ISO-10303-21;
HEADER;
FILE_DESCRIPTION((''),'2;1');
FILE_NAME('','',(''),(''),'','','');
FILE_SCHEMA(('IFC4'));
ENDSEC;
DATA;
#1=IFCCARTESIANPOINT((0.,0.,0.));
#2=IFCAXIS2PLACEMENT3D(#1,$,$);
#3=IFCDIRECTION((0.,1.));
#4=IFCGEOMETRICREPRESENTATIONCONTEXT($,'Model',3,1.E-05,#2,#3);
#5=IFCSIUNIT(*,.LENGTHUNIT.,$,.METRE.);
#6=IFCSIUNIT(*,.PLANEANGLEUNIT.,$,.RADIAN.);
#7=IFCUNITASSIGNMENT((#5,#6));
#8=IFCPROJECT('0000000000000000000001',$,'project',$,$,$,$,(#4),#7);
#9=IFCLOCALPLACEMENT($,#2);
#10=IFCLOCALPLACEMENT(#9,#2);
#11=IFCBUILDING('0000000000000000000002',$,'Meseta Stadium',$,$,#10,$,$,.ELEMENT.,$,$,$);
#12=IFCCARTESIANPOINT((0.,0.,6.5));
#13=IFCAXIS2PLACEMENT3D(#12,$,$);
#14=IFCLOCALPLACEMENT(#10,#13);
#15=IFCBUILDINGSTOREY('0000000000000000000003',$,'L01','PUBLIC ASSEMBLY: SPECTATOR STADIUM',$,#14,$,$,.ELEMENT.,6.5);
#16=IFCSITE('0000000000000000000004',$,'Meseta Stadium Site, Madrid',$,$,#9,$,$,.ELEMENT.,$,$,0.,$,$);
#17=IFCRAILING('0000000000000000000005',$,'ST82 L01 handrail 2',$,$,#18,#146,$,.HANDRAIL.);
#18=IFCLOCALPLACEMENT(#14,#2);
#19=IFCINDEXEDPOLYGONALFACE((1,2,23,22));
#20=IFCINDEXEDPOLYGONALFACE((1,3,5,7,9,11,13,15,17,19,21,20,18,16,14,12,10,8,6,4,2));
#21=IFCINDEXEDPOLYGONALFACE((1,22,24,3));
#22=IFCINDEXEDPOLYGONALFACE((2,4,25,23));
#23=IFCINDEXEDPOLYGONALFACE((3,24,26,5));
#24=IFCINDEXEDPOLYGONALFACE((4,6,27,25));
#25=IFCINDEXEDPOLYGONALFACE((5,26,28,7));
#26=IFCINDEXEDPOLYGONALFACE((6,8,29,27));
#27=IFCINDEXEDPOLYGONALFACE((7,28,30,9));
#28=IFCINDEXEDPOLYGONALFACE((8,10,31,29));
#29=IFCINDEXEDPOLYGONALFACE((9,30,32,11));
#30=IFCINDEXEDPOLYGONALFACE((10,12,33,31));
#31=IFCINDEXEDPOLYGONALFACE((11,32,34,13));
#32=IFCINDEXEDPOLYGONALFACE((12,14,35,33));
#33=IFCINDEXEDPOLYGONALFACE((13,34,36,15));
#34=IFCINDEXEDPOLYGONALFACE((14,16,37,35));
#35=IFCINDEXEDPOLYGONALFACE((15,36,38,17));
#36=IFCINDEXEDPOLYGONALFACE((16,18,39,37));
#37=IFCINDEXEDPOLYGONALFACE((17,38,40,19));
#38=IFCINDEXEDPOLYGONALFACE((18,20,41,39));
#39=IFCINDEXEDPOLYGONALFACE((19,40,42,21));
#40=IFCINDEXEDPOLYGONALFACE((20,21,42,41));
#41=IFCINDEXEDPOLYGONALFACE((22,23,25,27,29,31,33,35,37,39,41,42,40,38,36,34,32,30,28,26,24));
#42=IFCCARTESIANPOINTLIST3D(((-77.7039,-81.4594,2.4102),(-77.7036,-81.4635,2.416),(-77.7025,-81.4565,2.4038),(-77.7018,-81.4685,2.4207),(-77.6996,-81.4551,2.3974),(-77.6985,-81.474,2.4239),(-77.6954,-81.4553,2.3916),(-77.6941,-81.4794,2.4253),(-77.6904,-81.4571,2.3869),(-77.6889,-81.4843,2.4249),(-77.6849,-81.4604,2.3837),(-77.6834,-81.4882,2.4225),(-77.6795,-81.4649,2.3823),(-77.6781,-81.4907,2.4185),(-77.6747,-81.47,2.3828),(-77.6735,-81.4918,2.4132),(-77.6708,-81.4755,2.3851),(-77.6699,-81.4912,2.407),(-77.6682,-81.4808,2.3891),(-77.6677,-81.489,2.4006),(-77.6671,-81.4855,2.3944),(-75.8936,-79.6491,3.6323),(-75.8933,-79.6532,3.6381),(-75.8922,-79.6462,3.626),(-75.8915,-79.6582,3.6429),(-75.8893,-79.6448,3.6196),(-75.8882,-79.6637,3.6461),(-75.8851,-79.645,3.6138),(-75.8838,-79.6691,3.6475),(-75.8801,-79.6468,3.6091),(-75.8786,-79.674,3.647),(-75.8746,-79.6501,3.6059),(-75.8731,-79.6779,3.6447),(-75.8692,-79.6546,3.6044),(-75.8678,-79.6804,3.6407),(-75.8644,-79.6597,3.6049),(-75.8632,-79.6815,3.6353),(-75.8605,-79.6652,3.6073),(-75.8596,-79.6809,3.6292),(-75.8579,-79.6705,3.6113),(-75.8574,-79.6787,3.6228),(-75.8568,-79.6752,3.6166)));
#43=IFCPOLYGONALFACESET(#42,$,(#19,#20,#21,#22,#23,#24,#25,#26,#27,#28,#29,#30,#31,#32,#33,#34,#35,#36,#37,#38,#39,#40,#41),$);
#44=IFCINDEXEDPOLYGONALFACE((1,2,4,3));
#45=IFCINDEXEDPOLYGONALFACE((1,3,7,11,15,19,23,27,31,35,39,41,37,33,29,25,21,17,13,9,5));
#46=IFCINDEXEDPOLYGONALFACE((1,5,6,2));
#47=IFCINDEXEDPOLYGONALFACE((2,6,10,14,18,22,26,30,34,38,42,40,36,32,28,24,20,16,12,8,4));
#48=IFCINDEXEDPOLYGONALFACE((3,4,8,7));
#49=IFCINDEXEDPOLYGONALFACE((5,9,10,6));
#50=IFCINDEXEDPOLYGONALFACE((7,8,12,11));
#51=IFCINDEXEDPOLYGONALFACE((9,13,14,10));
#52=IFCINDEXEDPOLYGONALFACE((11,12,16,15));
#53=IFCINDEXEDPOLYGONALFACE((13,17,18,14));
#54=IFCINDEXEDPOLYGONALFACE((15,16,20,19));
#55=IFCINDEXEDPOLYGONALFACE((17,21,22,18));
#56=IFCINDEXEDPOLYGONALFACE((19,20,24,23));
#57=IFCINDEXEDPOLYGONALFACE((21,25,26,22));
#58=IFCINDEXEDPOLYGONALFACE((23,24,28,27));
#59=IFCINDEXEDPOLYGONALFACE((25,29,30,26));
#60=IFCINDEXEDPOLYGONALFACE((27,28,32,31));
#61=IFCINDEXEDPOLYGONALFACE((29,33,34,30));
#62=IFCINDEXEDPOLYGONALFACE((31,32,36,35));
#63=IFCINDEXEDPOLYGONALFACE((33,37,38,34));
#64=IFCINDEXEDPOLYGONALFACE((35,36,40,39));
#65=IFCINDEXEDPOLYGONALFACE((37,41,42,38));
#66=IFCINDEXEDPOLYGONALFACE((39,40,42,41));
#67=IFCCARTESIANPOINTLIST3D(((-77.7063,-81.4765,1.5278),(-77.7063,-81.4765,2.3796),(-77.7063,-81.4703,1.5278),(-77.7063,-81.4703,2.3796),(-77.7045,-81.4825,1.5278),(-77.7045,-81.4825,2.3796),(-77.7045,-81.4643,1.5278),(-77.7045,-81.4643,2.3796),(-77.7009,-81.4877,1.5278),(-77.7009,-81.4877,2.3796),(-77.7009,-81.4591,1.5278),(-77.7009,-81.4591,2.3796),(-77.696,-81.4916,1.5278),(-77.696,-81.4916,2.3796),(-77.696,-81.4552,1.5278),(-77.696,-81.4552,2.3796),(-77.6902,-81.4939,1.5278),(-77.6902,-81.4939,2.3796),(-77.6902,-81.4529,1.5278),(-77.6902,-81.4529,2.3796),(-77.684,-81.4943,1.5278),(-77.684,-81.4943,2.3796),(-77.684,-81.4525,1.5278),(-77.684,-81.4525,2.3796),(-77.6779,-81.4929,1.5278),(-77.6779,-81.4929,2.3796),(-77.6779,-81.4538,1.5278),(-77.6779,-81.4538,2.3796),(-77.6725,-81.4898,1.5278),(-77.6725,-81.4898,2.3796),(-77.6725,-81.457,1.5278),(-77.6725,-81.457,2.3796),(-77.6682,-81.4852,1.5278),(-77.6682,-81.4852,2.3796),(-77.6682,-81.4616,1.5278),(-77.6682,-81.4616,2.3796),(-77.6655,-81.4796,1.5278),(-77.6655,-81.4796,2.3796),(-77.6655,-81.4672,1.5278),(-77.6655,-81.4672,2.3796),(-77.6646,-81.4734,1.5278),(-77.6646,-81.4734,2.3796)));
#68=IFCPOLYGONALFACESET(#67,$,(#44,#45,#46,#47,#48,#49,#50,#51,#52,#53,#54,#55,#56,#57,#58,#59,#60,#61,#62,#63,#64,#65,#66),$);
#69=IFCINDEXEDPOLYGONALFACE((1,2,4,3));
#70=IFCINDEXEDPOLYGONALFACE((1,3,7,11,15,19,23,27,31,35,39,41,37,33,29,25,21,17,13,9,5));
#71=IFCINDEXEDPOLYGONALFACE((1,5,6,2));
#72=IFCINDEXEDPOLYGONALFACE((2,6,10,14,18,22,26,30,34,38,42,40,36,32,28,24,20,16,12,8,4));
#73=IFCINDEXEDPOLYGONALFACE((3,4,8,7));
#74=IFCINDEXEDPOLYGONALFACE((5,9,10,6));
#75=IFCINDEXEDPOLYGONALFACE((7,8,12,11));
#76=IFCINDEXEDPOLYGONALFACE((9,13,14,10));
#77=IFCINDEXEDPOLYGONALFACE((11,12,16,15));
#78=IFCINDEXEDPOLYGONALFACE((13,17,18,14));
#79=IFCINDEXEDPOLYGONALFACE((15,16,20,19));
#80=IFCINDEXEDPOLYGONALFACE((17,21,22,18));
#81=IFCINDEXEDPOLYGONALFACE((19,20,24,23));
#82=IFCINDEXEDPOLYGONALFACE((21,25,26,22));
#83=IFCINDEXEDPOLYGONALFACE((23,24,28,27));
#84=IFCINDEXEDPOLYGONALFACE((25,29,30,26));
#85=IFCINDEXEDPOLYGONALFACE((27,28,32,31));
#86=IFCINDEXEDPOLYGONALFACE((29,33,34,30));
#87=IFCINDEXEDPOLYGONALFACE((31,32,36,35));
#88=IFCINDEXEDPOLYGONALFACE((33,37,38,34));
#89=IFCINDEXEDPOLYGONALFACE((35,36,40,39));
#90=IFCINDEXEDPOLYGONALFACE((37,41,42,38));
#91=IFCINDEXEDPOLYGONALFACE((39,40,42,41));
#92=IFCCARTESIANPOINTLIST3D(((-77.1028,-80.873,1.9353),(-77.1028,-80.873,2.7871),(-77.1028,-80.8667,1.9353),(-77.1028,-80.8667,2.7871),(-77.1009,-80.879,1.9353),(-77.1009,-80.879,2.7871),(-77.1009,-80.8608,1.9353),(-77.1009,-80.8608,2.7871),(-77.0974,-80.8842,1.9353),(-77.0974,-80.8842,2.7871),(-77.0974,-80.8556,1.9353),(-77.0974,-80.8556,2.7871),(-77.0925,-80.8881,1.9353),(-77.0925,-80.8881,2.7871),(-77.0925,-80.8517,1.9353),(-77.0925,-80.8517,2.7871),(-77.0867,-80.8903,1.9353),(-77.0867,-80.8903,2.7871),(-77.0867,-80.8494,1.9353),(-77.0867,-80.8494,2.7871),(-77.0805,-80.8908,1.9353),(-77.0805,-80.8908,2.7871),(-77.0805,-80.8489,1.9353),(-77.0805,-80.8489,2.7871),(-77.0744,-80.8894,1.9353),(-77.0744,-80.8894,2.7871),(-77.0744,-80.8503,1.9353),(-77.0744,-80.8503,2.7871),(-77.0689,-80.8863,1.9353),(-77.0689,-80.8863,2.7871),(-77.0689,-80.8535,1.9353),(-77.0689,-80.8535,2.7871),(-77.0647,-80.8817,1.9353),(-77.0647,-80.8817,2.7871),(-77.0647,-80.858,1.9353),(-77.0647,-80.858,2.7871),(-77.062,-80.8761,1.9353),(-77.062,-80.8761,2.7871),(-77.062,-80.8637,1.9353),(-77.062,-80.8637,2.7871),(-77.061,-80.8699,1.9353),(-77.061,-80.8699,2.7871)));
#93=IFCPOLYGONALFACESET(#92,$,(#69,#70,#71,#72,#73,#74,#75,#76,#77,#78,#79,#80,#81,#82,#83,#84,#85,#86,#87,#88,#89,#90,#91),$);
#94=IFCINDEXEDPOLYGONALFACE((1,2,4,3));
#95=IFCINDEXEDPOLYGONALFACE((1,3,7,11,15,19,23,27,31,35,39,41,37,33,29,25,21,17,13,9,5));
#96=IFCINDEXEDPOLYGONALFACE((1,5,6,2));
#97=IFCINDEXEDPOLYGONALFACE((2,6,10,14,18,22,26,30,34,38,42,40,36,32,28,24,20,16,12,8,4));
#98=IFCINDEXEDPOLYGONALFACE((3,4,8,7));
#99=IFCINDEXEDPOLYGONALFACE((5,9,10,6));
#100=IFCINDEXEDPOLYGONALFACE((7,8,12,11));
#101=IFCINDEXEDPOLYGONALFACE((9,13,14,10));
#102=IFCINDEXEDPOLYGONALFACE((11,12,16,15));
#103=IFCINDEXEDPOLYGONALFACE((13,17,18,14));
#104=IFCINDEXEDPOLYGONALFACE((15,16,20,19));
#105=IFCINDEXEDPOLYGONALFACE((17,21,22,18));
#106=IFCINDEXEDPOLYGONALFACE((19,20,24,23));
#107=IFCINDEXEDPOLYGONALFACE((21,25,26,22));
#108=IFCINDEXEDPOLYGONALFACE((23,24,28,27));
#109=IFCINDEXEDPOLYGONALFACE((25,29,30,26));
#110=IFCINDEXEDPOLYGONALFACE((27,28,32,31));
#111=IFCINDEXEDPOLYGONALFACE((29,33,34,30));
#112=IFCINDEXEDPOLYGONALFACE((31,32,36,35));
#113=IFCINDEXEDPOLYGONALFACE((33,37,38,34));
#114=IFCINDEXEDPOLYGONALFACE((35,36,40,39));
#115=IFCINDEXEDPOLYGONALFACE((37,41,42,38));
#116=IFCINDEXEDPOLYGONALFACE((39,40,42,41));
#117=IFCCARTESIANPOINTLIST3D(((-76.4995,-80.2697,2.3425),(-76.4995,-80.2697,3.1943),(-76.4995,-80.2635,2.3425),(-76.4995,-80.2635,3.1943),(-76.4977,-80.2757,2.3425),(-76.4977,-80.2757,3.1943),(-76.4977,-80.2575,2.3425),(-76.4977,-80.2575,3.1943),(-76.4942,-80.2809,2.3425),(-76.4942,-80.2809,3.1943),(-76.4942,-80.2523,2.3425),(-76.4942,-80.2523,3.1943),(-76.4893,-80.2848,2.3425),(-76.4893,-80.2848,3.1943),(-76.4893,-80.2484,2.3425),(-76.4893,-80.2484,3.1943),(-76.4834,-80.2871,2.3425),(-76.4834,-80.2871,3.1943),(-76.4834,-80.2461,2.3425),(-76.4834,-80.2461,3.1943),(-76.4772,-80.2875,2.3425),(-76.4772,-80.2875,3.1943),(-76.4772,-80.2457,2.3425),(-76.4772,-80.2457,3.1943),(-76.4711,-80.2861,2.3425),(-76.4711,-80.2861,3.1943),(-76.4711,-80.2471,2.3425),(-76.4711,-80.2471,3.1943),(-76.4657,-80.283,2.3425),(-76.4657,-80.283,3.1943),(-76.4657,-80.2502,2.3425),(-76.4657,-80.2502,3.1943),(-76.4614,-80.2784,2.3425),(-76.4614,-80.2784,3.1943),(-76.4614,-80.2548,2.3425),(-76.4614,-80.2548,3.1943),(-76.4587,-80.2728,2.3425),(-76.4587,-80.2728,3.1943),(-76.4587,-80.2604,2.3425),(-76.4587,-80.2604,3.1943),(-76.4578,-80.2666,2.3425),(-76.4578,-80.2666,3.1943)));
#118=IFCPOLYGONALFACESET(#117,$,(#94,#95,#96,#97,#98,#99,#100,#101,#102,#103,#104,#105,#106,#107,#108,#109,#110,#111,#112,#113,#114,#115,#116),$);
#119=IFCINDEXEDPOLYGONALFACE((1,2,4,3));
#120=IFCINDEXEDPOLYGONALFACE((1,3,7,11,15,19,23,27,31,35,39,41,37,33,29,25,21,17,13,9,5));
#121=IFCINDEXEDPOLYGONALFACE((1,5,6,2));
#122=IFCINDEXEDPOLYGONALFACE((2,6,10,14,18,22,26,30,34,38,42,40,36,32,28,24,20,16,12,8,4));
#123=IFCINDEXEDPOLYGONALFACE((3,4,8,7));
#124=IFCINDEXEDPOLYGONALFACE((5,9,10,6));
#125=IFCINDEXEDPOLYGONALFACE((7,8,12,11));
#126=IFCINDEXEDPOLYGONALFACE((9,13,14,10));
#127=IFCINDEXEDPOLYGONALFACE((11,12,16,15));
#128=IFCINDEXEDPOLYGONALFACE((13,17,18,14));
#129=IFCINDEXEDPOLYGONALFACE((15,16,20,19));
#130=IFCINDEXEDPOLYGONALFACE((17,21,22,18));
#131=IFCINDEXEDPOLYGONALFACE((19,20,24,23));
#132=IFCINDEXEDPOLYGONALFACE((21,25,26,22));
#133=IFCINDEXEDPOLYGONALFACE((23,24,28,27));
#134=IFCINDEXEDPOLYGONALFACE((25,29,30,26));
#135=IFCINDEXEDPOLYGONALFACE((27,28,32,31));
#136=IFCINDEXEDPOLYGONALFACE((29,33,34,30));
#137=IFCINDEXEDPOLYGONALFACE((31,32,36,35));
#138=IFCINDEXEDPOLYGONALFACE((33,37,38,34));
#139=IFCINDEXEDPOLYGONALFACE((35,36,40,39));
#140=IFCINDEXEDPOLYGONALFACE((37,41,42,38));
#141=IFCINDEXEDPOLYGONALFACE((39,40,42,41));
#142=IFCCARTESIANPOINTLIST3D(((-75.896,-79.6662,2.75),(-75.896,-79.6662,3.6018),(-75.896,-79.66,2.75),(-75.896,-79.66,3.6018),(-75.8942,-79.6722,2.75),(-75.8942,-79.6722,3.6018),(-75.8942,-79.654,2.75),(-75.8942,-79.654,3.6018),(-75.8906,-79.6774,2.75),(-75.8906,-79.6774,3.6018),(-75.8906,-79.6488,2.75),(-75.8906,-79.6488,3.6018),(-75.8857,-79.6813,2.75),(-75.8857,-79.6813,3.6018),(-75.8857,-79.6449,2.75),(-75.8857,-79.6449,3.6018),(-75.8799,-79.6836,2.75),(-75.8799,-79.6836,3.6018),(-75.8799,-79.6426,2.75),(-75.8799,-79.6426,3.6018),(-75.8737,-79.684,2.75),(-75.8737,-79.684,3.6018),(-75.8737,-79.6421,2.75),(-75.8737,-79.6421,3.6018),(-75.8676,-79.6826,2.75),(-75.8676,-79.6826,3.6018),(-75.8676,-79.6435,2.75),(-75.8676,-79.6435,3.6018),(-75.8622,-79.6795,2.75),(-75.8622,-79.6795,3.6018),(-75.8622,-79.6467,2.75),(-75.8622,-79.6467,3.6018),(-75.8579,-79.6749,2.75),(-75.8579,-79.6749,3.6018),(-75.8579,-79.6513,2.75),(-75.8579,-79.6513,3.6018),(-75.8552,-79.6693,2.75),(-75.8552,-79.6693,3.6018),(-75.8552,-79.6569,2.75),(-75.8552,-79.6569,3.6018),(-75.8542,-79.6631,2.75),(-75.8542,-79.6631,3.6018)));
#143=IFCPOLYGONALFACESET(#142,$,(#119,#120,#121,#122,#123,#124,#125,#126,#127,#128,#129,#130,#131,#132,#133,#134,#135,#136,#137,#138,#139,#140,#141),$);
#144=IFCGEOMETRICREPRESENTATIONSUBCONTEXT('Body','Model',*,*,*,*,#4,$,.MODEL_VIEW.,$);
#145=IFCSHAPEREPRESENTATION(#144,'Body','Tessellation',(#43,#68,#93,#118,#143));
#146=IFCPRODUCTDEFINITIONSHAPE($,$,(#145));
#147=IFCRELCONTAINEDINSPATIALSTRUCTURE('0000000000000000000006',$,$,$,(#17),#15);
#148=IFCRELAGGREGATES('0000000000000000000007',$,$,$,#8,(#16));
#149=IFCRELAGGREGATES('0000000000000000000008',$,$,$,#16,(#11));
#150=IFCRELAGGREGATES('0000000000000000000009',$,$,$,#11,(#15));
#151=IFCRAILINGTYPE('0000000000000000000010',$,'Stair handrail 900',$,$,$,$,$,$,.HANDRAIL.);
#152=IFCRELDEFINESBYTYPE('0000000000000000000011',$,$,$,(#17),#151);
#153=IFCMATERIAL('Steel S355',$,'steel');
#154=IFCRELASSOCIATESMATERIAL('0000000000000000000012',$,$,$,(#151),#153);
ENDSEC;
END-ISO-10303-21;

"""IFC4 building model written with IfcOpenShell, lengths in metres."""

from ifc_helpers import new_model, si_unit, direction, frame, origin, origin_2d, place, context, subcontext, project, spatial, circle, extrude, material, type_object, element, save


model = new_model("IFC4")

# Units and contexts
model_context = context("Model", 3, precision=1e-05, world=origin(), true_north=direction((0.0, 1.0)))
body_context = subcontext(model_context, "Body", "Model", "MODEL_VIEW")
ifc_project = project(units=[si_unit("LENGTHUNIT", "METRE"), si_unit("PLANEANGLEUNIT", "RADIAN")], contexts=[model_context])

# Site, building, storey
site_placement = place(None, origin())
site = spatial("IfcSite", under=ifc_project, at=site_placement, Name="Meseta Stadium Site, Madrid", CompositionType="ELEMENT", RefElevation=0.0)
building_placement = place(site_placement, origin())
building = spatial("IfcBuilding", under=site, at=building_placement, Name="Meseta Stadium", CompositionType="ELEMENT")
storey_placement = place(building_placement, frame((0.0, 0.0, 6.5)))
storey = spatial("IfcBuildingStorey", under=building, at=storey_placement, Name="L01", Description="PUBLIC ASSEMBLY: SPECTATOR STADIUM", CompositionType="ELEMENT", Elevation=6.5)

# Railing
ifc_material_1 = material(Name="Steel S355", Category="steel")
railing_type_1 = type_object("IfcRailingType", Name="Stair handrail 900", PredefinedType="HANDRAIL", material=ifc_material_1)
for number, where, name in (
    (1, (-77.6855, -81.4734, 1.5278), "ST82 L01 handrail 2"),
):
    element("IfcRailing", number, at=place(storey_placement, frame(where)), inside=storey, type_object=railing_type_1, Name=name, PredefinedType="HANDRAIL", context=body_context, shape_type="SweptSolid", body=[
        extrude(circle(Radius=0.0239, at=origin_2d()), frame((0.0, 0.0, 0.876), z_axis=(0.638124, 0.638124, 0.430809), x_axis=(-0.707107, 0.707107, 0.0)), (0.0, 0.0, 1.0), 2.8369),
        extrude(circle(Radius=0.021, at=origin_2d()), origin(), (0.0, 0.0, 1.0), 0.8518),
        extrude(circle(Radius=0.021, at=origin_2d()), frame((0.6035, 0.6035, 0.4075)), (0.0, 0.0, 1.0), 0.8518),
        extrude(circle(Radius=0.021, at=origin_2d()), frame((1.2068, 1.2068, 0.8147)), (0.0, 0.0, 1.0), 0.8518),
        extrude(circle(Radius=0.021, at=origin_2d()), frame((1.8103, 1.8103, 1.2222)), (0.0, 0.0, 1.0), 0.8518),
    ])

save(model, "model.ifc")
